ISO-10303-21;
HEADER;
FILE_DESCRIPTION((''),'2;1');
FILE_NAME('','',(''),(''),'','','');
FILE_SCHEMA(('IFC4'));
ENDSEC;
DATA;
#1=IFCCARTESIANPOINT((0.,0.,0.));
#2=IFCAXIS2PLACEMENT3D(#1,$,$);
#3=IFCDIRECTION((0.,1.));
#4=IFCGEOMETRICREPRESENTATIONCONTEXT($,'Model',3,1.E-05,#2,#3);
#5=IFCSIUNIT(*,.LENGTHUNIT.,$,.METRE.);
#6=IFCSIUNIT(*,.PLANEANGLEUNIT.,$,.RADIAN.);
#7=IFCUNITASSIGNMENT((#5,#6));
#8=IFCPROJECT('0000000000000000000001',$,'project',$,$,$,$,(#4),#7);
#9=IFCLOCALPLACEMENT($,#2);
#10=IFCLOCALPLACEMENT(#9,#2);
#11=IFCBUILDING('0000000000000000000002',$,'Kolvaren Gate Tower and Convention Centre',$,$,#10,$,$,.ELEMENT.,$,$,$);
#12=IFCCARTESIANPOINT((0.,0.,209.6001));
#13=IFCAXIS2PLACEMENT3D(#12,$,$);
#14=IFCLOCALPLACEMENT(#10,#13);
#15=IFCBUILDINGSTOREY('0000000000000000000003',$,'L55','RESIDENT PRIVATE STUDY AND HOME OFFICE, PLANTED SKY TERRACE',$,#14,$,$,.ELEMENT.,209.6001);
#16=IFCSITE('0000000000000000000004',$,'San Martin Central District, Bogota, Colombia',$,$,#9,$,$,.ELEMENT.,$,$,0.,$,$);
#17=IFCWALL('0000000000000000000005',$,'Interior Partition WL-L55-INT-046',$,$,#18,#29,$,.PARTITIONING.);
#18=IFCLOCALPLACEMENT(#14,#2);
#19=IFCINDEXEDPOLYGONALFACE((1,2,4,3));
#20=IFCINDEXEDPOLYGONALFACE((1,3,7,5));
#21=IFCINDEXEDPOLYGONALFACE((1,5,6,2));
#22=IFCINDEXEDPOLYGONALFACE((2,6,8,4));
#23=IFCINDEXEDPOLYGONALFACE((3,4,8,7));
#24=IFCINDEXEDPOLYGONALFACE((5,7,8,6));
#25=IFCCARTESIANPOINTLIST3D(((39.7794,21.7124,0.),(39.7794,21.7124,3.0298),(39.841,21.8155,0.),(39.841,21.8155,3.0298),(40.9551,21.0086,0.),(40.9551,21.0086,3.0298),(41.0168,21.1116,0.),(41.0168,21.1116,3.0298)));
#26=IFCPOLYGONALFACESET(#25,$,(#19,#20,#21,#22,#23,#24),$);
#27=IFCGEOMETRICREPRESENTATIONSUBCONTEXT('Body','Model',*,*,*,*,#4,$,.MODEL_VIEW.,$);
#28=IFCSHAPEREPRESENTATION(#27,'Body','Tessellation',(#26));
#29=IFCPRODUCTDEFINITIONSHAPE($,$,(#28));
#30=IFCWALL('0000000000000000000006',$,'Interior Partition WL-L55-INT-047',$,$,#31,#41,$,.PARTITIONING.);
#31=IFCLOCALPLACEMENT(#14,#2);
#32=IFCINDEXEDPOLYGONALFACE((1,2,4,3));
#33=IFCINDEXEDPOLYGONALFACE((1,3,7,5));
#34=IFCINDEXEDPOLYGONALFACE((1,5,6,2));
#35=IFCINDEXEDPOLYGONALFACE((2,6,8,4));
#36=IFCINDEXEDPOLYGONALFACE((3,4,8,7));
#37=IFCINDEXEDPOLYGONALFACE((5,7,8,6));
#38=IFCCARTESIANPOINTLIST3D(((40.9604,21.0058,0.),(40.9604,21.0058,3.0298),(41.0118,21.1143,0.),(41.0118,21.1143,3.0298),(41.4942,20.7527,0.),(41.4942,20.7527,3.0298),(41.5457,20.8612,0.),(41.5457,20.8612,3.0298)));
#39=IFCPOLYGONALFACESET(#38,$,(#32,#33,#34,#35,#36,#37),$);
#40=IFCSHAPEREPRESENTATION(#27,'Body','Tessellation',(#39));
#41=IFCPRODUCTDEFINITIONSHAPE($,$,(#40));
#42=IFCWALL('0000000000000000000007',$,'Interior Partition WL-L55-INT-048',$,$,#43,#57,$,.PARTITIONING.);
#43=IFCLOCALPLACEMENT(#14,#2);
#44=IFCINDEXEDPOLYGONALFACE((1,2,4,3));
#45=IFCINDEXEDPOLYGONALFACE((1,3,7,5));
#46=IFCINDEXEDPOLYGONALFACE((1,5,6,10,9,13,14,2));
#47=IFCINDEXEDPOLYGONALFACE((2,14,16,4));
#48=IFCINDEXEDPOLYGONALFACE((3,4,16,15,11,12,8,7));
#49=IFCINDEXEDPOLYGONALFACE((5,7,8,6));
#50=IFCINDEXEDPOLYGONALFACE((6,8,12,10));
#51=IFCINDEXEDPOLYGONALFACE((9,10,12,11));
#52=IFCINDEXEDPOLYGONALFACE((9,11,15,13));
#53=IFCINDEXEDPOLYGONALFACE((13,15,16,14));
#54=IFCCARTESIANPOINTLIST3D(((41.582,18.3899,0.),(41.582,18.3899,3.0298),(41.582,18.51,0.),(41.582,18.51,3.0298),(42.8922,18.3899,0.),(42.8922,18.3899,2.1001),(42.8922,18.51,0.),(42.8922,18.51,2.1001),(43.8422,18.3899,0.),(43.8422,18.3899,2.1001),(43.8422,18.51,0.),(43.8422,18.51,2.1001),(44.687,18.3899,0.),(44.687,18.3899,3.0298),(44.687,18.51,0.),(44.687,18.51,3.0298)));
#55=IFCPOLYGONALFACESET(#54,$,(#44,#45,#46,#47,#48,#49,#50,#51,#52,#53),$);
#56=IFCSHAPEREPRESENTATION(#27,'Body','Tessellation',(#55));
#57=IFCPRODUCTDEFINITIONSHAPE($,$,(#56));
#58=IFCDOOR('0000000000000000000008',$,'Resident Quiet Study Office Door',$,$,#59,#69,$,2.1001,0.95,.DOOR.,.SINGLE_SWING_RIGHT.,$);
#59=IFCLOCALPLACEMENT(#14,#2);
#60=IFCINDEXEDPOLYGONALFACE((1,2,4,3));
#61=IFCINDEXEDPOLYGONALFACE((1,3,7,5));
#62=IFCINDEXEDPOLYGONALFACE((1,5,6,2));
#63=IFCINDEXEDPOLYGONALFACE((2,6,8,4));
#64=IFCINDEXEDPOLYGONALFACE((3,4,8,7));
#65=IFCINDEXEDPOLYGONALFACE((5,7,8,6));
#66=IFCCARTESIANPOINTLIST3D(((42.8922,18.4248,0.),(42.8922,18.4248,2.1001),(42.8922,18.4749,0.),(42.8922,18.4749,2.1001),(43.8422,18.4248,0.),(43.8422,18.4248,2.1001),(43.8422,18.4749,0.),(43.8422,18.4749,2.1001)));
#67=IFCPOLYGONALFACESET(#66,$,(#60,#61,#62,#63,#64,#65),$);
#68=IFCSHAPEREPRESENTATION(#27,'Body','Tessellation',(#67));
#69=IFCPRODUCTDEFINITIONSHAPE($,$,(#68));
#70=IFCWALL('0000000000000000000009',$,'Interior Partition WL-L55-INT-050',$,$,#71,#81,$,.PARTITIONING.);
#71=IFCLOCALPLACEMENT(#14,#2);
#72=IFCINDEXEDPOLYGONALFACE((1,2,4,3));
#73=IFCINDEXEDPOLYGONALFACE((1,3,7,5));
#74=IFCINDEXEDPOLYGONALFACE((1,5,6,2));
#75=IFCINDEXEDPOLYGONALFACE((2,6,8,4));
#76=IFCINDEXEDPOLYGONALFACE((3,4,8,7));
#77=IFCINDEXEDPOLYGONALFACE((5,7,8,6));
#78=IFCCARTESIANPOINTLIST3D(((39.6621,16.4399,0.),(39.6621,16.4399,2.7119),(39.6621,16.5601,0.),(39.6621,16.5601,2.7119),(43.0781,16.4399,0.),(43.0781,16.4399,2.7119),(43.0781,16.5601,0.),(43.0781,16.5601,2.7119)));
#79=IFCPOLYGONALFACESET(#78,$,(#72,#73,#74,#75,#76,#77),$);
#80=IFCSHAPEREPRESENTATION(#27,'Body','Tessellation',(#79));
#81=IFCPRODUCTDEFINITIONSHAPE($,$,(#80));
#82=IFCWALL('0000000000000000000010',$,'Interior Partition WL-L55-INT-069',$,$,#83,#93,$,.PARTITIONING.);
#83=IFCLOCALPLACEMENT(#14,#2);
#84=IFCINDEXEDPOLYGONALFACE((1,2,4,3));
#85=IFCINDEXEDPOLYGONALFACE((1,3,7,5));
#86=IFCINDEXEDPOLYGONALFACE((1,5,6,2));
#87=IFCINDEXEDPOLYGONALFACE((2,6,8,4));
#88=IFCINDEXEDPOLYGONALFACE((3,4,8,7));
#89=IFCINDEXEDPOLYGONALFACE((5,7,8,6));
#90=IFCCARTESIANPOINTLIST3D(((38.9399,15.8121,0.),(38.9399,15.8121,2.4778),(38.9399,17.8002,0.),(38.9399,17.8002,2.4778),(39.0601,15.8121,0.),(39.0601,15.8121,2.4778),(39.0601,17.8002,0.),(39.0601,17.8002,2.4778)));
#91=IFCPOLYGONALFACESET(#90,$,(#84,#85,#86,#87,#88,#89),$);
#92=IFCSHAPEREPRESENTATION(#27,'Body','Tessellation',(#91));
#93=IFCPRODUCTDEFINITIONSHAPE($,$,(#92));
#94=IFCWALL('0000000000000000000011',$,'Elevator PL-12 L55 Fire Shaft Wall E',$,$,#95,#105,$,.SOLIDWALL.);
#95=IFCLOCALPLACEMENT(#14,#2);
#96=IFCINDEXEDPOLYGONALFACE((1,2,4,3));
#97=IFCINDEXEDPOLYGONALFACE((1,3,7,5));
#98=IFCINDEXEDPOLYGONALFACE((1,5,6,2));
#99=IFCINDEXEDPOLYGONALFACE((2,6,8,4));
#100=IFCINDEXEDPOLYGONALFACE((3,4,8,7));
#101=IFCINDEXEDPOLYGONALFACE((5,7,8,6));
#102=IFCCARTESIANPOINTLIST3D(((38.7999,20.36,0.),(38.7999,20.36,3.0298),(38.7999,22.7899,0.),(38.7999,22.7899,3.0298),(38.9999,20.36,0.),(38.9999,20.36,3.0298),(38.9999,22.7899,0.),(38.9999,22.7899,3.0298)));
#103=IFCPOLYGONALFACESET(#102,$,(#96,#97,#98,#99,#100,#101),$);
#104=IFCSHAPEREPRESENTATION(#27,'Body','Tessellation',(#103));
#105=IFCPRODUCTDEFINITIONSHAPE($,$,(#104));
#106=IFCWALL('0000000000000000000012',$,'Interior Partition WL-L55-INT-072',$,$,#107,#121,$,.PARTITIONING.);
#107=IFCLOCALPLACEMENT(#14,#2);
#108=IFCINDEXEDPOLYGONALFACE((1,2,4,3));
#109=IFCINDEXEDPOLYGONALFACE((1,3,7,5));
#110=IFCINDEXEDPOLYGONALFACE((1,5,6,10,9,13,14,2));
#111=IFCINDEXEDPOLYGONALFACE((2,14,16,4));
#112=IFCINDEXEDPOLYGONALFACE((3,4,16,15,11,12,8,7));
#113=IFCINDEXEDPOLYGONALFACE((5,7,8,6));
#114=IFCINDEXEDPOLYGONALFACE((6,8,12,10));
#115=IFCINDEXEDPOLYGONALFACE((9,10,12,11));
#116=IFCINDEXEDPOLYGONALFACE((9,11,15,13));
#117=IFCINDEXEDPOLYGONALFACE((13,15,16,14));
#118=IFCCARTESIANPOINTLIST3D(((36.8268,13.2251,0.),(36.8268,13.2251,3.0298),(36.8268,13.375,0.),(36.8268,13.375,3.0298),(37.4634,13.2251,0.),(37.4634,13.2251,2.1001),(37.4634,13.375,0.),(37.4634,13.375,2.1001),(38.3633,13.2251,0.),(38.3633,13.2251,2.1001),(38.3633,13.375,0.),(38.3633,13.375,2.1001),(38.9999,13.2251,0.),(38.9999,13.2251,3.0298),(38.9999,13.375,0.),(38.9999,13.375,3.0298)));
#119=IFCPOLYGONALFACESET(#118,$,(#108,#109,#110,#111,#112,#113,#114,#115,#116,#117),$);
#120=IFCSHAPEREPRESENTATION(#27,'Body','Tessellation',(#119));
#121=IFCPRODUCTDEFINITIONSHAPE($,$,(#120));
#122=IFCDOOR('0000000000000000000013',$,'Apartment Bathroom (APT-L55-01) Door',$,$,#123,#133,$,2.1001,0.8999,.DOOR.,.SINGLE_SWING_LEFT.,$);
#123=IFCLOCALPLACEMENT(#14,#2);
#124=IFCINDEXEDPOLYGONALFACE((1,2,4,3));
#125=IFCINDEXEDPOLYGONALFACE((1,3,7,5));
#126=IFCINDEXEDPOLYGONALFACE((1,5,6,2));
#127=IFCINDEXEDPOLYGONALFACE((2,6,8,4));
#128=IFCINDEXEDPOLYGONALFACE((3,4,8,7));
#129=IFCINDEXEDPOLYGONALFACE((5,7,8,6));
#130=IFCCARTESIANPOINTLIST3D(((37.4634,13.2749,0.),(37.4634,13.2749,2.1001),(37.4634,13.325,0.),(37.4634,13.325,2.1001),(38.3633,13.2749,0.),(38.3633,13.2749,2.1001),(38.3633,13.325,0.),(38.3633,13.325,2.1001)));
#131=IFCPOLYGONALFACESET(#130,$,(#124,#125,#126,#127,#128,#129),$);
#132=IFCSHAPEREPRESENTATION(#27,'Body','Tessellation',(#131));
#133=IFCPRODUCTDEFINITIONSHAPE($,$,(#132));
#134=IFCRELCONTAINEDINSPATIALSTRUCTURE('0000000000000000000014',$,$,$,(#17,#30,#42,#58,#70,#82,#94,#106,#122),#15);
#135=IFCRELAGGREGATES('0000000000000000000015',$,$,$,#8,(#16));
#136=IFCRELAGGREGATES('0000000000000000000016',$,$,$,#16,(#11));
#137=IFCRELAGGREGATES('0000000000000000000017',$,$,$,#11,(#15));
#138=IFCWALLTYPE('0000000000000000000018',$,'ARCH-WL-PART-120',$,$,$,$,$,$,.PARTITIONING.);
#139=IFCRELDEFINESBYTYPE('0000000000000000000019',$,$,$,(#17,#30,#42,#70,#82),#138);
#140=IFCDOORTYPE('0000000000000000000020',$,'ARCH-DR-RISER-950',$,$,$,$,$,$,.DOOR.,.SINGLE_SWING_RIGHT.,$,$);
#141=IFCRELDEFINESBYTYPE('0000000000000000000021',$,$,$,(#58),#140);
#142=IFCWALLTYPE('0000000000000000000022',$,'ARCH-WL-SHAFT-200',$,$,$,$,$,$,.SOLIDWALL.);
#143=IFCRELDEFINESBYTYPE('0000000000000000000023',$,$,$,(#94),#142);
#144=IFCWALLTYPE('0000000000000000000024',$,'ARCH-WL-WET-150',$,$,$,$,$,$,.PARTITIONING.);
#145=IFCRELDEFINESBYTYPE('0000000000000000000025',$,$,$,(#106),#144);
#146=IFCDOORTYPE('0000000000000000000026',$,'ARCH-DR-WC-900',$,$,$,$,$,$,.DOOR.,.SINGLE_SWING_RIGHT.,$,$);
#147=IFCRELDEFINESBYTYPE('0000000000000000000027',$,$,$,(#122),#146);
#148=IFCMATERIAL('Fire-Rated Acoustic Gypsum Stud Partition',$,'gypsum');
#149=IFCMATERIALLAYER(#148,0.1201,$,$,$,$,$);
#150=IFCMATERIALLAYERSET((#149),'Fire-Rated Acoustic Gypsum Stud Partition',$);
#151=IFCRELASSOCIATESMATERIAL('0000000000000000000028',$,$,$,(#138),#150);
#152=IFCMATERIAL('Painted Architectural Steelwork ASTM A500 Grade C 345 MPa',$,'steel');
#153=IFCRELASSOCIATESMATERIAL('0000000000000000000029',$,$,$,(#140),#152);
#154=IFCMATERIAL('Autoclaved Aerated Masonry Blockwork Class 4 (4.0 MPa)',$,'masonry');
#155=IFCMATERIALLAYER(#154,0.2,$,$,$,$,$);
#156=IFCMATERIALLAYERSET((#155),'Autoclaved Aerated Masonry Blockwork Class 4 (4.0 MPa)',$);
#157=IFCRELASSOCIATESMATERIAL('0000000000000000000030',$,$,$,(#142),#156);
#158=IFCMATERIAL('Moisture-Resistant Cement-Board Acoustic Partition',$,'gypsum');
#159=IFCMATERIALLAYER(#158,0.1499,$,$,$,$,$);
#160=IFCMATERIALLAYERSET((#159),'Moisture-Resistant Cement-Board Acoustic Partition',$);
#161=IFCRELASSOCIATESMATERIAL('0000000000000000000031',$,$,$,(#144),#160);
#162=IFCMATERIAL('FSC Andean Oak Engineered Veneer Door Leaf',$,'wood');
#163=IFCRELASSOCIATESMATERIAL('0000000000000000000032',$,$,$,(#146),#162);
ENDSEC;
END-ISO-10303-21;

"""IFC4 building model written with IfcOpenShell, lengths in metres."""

from ifc_helpers import new_model, si_unit, direction, frame, frame_2d, origin, place, context, subcontext, project, spatial, rectangle, extrude, material, layer, layer_set, type_object, element, fill, save


model = new_model("IFC4")

# Units and contexts
model_context = context("Model", 3, precision=1e-05, world=origin(), true_north=direction((0.0, 1.0)))
body_context = subcontext(model_context, "Body", "Model", "MODEL_VIEW")
ifc_project = project(units=[si_unit("LENGTHUNIT", "METRE"), si_unit("PLANEANGLEUNIT", "RADIAN")], contexts=[model_context])

# Site, building, storey
site_placement = place(None, origin())
site = spatial("IfcSite", under=ifc_project, at=site_placement, Name="San Martin Central District, Bogota, Colombia", CompositionType="ELEMENT", RefElevation=0.0)
building_placement = place(site_placement, origin())
building = spatial("IfcBuilding", under=site, at=building_placement, Name="Kolvaren Gate Tower and Convention Centre", CompositionType="ELEMENT")
storey_placement = place(building_placement, frame((0.0, 0.0, 209.6001)))
storey = spatial("IfcBuildingStorey", under=building, at=storey_placement, Name="L55", Description="RESIDENT PRIVATE STUDY AND HOME OFFICE, PLANTED SKY TERRACE", CompositionType="ELEMENT", Elevation=209.6001)

# Walls
ifc_material_1 = material(Name="Autoclaved Aerated Masonry Blockwork Class 4 (4.0 MPa)", Category="masonry")
ifc_material_2 = material(Name="Fire-Rated Acoustic Gypsum Stud Partition", Category="gypsum")
ifc_layer_1 = layer(ifc_material_2, 0.1201)
ifc_layer_set_1 = layer_set([ifc_layer_1], Name="Fire-Rated Acoustic Gypsum Stud Partition")
wall_type_1 = type_object("IfcWallType", Name="ARCH-WL-PART-120", PredefinedType="PARTITIONING", material=ifc_layer_set_1)
wall_1_placement = place(storey_placement, frame((39.8103, 21.7639, 0.0), z_axis=(0.0, 0.0, 1.0), x_axis=(0.858011, -0.513631, 0.0)))
element("IfcWall", 1, at=wall_1_placement, inside=storey, type_object=wall_type_1, Name="Interior Partition WL-L55-INT-046", PredefinedType="PARTITIONING", context=body_context, shape_type="SweptSolid", body=[
    extrude(rectangle(XDim=1.3704, YDim=0.1201, at=frame_2d((0.6851, 0.0))), origin(), (0.0, 0.0, 1.0), 3.0298),
])
wall_2_placement = place(storey_placement, frame((40.9861, 21.0601, 0.0), z_axis=(0.0, 0.0, 1.0), x_axis=(0.90357, -0.428442, 0.0)))
element("IfcWall", 2, at=wall_2_placement, inside=storey, type_object=wall_type_1, Name="Interior Partition WL-L55-INT-047", PredefinedType="PARTITIONING", context=body_context, shape_type="SweptSolid", body=[
    extrude(rectangle(XDim=0.5908, YDim=0.1201, at=frame_2d((0.2954, 0.0))), origin(), (0.0, 0.0, 1.0), 3.0298),
])

# Wall, opening, door
wall_3_placement = place(storey_placement, frame((41.582, 18.45, 0.0), z_axis=(0.0, 0.0, 1.0), x_axis=(1.0, 0.0, 0.0)))
wall_3 = element("IfcWall", 3, at=wall_3_placement, inside=storey, type_object=wall_type_1, Name="Interior Partition WL-L55-INT-048", PredefinedType="PARTITIONING", context=body_context, shape_type="SweptSolid", body=[
    extrude(rectangle(XDim=3.105, YDim=0.1201, at=frame_2d((1.5525, 0.0))), origin(), (0.0, 0.0, 1.0), 3.0298),
])
opening_1_placement = place(wall_3_placement, frame((1.3101, 0.0, 0.0)))
opening_1 = element("IfcOpeningElement", 4, at=opening_1_placement, cuts=wall_3, PredefinedType="OPENING", context=body_context, shape_type="SweptSolid", body=[
    extrude(rectangle(XDim=0.95, YDim=2.1001, at=frame_2d((0.4751, 1.05))), frame((0.0, 0.0701, 0.0), z_axis=(0.0, -1.0, 0.0), x_axis=(1.0, 0.0, 0.0)), (0.0, 0.0, 1.0), 0.1401),
])
ifc_material_3 = material(Name="Painted Architectural Steelwork ASTM A500 Grade C 345 MPa", Category="steel")
door_type_1 = type_object("IfcDoorType", Name="ARCH-DR-RISER-950", OperationType="SINGLE_SWING_RIGHT", PredefinedType="DOOR", material=ifc_material_3)
door_1_placement = place(opening_1_placement, origin())
door_1 = element("IfcDoor", 5, at=door_1_placement, inside=storey, type_object=door_type_1, Name="Resident Quiet Study Office Door", OperationType="SINGLE_SWING_RIGHT", OverallHeight=2.1001, OverallWidth=0.95, PredefinedType="DOOR", context=body_context, shape_type="SweptSolid", body=[
    extrude(rectangle(XDim=0.95, YDim=2.1001, at=frame_2d((0.4751, 1.05))), frame((0.0, 0.0249, 0.0), z_axis=(0.0, -1.0, 0.0), x_axis=(1.0, 0.0, 0.0)), (0.0, 0.0, 1.0), 0.05),
])
fill(opening_1, door_1)

# Walls
wall_4_placement = place(storey_placement, frame((39.6621, 16.5, 0.0), z_axis=(0.0, 0.0, 1.0), x_axis=(1.0, 0.0, 0.0)))
element("IfcWall", 6, at=wall_4_placement, inside=storey, type_object=wall_type_1, Name="Interior Partition WL-L55-INT-050", PredefinedType="PARTITIONING", context=body_context, shape_type="SweptSolid", body=[
    extrude(rectangle(XDim=3.416, YDim=0.1201, at=frame_2d((1.708, 0.0))), origin(), (0.0, 0.0, 1.0), 2.7119),
])
wall_5_placement = place(storey_placement, frame((39.0, 15.812, 0.0), z_axis=(0.0, 0.0, 1.0), x_axis=(0.0, 1.0, 0.0)))
element("IfcWall", 7, at=wall_5_placement, inside=storey, type_object=wall_type_1, Name="Interior Partition WL-L55-INT-069", PredefinedType="PARTITIONING", context=body_context, shape_type="SweptSolid", body=[
    extrude(rectangle(XDim=1.988, YDim=0.1201, at=frame_2d((0.9941, 0.0))), origin(), (0.0, 0.0, 1.0), 2.4778),
])
ifc_layer_2 = layer(ifc_material_1, 0.2)
ifc_layer_set_2 = layer_set([ifc_layer_2], Name="Autoclaved Aerated Masonry Blockwork Class 4 (4.0 MPa)")
wall_type_2 = type_object("IfcWallType", Name="ARCH-WL-SHAFT-200", PredefinedType="SOLIDWALL", material=ifc_layer_set_2)
wall_6_placement = place(storey_placement, frame((38.8999, 20.3601, 0.0), z_axis=(0.0, 0.0, 1.0), x_axis=(0.0, 1.0, 0.0)))
element("IfcWall", 8, at=wall_6_placement, inside=storey, type_object=wall_type_2, Name="Elevator PL-12 L55 Fire Shaft Wall E", PredefinedType="SOLIDWALL", context=body_context, shape_type="SweptSolid", body=[
    extrude(rectangle(XDim=2.4299, YDim=0.2, at=frame_2d((1.2148, 0.0))), origin(), (0.0, 0.0, 1.0), 3.0298),
])

# Wall, opening, door
ifc_material_4 = material(Name="Moisture-Resistant Cement-Board Acoustic Partition", Category="gypsum")
ifc_layer_3 = layer(ifc_material_4, 0.1499)
ifc_layer_set_3 = layer_set([ifc_layer_3], Name="Moisture-Resistant Cement-Board Acoustic Partition")
wall_type_3 = type_object("IfcWallType", Name="ARCH-WL-WET-150", PredefinedType="PARTITIONING", material=ifc_layer_set_3)
wall_7_placement = place(storey_placement, frame((36.8269, 13.3, 0.0), z_axis=(0.0, 0.0, 1.0), x_axis=(1.0, 0.0, 0.0)))
wall_7 = element("IfcWall", 9, at=wall_7_placement, inside=storey, type_object=wall_type_3, Name="Interior Partition WL-L55-INT-072", PredefinedType="PARTITIONING", context=body_context, shape_type="SweptSolid", body=[
    extrude(rectangle(XDim=2.1731, YDim=0.1499, at=frame_2d((1.0864, 0.0))), origin(), (0.0, 0.0, 1.0), 3.0298),
])
opening_2_placement = place(wall_7_placement, frame((0.6365, 0.0, 0.0)))
opening_2 = element("IfcOpeningElement", 10, at=opening_2_placement, cuts=wall_7, PredefinedType="OPENING", context=body_context, shape_type="SweptSolid", body=[
    extrude(rectangle(XDim=0.8999, YDim=2.1001, at=frame_2d((0.45, 1.05))), frame((0.0, 0.085, 0.0), z_axis=(0.0, -1.0, 0.0), x_axis=(1.0, 0.0, 0.0)), (0.0, 0.0, 1.0), 0.1699),
])
ifc_material_5 = material(Name="FSC Andean Oak Engineered Veneer Door Leaf", Category="wood")
door_type_2 = type_object("IfcDoorType", Name="ARCH-DR-WC-900", OperationType="SINGLE_SWING_RIGHT", PredefinedType="DOOR", material=ifc_material_5)
door_2_placement = place(opening_2_placement, origin())
door_2 = element("IfcDoor", 11, at=door_2_placement, inside=storey, type_object=door_type_2, Name="Apartment Bathroom (APT-L55-01) Door", OperationType="SINGLE_SWING_LEFT", OverallHeight=2.1001, OverallWidth=0.8999, PredefinedType="DOOR", context=body_context, shape_type="SweptSolid", body=[
    extrude(rectangle(XDim=0.8999, YDim=2.1001, at=frame_2d((0.45, 1.05))), frame((0.0, 0.0249, 0.0), z_axis=(0.0, -1.0, 0.0), x_axis=(1.0, 0.0, 0.0)), (0.0, 0.0, 1.0), 0.05),
])
fill(opening_2, door_2)

save(model, "model.ifc")
